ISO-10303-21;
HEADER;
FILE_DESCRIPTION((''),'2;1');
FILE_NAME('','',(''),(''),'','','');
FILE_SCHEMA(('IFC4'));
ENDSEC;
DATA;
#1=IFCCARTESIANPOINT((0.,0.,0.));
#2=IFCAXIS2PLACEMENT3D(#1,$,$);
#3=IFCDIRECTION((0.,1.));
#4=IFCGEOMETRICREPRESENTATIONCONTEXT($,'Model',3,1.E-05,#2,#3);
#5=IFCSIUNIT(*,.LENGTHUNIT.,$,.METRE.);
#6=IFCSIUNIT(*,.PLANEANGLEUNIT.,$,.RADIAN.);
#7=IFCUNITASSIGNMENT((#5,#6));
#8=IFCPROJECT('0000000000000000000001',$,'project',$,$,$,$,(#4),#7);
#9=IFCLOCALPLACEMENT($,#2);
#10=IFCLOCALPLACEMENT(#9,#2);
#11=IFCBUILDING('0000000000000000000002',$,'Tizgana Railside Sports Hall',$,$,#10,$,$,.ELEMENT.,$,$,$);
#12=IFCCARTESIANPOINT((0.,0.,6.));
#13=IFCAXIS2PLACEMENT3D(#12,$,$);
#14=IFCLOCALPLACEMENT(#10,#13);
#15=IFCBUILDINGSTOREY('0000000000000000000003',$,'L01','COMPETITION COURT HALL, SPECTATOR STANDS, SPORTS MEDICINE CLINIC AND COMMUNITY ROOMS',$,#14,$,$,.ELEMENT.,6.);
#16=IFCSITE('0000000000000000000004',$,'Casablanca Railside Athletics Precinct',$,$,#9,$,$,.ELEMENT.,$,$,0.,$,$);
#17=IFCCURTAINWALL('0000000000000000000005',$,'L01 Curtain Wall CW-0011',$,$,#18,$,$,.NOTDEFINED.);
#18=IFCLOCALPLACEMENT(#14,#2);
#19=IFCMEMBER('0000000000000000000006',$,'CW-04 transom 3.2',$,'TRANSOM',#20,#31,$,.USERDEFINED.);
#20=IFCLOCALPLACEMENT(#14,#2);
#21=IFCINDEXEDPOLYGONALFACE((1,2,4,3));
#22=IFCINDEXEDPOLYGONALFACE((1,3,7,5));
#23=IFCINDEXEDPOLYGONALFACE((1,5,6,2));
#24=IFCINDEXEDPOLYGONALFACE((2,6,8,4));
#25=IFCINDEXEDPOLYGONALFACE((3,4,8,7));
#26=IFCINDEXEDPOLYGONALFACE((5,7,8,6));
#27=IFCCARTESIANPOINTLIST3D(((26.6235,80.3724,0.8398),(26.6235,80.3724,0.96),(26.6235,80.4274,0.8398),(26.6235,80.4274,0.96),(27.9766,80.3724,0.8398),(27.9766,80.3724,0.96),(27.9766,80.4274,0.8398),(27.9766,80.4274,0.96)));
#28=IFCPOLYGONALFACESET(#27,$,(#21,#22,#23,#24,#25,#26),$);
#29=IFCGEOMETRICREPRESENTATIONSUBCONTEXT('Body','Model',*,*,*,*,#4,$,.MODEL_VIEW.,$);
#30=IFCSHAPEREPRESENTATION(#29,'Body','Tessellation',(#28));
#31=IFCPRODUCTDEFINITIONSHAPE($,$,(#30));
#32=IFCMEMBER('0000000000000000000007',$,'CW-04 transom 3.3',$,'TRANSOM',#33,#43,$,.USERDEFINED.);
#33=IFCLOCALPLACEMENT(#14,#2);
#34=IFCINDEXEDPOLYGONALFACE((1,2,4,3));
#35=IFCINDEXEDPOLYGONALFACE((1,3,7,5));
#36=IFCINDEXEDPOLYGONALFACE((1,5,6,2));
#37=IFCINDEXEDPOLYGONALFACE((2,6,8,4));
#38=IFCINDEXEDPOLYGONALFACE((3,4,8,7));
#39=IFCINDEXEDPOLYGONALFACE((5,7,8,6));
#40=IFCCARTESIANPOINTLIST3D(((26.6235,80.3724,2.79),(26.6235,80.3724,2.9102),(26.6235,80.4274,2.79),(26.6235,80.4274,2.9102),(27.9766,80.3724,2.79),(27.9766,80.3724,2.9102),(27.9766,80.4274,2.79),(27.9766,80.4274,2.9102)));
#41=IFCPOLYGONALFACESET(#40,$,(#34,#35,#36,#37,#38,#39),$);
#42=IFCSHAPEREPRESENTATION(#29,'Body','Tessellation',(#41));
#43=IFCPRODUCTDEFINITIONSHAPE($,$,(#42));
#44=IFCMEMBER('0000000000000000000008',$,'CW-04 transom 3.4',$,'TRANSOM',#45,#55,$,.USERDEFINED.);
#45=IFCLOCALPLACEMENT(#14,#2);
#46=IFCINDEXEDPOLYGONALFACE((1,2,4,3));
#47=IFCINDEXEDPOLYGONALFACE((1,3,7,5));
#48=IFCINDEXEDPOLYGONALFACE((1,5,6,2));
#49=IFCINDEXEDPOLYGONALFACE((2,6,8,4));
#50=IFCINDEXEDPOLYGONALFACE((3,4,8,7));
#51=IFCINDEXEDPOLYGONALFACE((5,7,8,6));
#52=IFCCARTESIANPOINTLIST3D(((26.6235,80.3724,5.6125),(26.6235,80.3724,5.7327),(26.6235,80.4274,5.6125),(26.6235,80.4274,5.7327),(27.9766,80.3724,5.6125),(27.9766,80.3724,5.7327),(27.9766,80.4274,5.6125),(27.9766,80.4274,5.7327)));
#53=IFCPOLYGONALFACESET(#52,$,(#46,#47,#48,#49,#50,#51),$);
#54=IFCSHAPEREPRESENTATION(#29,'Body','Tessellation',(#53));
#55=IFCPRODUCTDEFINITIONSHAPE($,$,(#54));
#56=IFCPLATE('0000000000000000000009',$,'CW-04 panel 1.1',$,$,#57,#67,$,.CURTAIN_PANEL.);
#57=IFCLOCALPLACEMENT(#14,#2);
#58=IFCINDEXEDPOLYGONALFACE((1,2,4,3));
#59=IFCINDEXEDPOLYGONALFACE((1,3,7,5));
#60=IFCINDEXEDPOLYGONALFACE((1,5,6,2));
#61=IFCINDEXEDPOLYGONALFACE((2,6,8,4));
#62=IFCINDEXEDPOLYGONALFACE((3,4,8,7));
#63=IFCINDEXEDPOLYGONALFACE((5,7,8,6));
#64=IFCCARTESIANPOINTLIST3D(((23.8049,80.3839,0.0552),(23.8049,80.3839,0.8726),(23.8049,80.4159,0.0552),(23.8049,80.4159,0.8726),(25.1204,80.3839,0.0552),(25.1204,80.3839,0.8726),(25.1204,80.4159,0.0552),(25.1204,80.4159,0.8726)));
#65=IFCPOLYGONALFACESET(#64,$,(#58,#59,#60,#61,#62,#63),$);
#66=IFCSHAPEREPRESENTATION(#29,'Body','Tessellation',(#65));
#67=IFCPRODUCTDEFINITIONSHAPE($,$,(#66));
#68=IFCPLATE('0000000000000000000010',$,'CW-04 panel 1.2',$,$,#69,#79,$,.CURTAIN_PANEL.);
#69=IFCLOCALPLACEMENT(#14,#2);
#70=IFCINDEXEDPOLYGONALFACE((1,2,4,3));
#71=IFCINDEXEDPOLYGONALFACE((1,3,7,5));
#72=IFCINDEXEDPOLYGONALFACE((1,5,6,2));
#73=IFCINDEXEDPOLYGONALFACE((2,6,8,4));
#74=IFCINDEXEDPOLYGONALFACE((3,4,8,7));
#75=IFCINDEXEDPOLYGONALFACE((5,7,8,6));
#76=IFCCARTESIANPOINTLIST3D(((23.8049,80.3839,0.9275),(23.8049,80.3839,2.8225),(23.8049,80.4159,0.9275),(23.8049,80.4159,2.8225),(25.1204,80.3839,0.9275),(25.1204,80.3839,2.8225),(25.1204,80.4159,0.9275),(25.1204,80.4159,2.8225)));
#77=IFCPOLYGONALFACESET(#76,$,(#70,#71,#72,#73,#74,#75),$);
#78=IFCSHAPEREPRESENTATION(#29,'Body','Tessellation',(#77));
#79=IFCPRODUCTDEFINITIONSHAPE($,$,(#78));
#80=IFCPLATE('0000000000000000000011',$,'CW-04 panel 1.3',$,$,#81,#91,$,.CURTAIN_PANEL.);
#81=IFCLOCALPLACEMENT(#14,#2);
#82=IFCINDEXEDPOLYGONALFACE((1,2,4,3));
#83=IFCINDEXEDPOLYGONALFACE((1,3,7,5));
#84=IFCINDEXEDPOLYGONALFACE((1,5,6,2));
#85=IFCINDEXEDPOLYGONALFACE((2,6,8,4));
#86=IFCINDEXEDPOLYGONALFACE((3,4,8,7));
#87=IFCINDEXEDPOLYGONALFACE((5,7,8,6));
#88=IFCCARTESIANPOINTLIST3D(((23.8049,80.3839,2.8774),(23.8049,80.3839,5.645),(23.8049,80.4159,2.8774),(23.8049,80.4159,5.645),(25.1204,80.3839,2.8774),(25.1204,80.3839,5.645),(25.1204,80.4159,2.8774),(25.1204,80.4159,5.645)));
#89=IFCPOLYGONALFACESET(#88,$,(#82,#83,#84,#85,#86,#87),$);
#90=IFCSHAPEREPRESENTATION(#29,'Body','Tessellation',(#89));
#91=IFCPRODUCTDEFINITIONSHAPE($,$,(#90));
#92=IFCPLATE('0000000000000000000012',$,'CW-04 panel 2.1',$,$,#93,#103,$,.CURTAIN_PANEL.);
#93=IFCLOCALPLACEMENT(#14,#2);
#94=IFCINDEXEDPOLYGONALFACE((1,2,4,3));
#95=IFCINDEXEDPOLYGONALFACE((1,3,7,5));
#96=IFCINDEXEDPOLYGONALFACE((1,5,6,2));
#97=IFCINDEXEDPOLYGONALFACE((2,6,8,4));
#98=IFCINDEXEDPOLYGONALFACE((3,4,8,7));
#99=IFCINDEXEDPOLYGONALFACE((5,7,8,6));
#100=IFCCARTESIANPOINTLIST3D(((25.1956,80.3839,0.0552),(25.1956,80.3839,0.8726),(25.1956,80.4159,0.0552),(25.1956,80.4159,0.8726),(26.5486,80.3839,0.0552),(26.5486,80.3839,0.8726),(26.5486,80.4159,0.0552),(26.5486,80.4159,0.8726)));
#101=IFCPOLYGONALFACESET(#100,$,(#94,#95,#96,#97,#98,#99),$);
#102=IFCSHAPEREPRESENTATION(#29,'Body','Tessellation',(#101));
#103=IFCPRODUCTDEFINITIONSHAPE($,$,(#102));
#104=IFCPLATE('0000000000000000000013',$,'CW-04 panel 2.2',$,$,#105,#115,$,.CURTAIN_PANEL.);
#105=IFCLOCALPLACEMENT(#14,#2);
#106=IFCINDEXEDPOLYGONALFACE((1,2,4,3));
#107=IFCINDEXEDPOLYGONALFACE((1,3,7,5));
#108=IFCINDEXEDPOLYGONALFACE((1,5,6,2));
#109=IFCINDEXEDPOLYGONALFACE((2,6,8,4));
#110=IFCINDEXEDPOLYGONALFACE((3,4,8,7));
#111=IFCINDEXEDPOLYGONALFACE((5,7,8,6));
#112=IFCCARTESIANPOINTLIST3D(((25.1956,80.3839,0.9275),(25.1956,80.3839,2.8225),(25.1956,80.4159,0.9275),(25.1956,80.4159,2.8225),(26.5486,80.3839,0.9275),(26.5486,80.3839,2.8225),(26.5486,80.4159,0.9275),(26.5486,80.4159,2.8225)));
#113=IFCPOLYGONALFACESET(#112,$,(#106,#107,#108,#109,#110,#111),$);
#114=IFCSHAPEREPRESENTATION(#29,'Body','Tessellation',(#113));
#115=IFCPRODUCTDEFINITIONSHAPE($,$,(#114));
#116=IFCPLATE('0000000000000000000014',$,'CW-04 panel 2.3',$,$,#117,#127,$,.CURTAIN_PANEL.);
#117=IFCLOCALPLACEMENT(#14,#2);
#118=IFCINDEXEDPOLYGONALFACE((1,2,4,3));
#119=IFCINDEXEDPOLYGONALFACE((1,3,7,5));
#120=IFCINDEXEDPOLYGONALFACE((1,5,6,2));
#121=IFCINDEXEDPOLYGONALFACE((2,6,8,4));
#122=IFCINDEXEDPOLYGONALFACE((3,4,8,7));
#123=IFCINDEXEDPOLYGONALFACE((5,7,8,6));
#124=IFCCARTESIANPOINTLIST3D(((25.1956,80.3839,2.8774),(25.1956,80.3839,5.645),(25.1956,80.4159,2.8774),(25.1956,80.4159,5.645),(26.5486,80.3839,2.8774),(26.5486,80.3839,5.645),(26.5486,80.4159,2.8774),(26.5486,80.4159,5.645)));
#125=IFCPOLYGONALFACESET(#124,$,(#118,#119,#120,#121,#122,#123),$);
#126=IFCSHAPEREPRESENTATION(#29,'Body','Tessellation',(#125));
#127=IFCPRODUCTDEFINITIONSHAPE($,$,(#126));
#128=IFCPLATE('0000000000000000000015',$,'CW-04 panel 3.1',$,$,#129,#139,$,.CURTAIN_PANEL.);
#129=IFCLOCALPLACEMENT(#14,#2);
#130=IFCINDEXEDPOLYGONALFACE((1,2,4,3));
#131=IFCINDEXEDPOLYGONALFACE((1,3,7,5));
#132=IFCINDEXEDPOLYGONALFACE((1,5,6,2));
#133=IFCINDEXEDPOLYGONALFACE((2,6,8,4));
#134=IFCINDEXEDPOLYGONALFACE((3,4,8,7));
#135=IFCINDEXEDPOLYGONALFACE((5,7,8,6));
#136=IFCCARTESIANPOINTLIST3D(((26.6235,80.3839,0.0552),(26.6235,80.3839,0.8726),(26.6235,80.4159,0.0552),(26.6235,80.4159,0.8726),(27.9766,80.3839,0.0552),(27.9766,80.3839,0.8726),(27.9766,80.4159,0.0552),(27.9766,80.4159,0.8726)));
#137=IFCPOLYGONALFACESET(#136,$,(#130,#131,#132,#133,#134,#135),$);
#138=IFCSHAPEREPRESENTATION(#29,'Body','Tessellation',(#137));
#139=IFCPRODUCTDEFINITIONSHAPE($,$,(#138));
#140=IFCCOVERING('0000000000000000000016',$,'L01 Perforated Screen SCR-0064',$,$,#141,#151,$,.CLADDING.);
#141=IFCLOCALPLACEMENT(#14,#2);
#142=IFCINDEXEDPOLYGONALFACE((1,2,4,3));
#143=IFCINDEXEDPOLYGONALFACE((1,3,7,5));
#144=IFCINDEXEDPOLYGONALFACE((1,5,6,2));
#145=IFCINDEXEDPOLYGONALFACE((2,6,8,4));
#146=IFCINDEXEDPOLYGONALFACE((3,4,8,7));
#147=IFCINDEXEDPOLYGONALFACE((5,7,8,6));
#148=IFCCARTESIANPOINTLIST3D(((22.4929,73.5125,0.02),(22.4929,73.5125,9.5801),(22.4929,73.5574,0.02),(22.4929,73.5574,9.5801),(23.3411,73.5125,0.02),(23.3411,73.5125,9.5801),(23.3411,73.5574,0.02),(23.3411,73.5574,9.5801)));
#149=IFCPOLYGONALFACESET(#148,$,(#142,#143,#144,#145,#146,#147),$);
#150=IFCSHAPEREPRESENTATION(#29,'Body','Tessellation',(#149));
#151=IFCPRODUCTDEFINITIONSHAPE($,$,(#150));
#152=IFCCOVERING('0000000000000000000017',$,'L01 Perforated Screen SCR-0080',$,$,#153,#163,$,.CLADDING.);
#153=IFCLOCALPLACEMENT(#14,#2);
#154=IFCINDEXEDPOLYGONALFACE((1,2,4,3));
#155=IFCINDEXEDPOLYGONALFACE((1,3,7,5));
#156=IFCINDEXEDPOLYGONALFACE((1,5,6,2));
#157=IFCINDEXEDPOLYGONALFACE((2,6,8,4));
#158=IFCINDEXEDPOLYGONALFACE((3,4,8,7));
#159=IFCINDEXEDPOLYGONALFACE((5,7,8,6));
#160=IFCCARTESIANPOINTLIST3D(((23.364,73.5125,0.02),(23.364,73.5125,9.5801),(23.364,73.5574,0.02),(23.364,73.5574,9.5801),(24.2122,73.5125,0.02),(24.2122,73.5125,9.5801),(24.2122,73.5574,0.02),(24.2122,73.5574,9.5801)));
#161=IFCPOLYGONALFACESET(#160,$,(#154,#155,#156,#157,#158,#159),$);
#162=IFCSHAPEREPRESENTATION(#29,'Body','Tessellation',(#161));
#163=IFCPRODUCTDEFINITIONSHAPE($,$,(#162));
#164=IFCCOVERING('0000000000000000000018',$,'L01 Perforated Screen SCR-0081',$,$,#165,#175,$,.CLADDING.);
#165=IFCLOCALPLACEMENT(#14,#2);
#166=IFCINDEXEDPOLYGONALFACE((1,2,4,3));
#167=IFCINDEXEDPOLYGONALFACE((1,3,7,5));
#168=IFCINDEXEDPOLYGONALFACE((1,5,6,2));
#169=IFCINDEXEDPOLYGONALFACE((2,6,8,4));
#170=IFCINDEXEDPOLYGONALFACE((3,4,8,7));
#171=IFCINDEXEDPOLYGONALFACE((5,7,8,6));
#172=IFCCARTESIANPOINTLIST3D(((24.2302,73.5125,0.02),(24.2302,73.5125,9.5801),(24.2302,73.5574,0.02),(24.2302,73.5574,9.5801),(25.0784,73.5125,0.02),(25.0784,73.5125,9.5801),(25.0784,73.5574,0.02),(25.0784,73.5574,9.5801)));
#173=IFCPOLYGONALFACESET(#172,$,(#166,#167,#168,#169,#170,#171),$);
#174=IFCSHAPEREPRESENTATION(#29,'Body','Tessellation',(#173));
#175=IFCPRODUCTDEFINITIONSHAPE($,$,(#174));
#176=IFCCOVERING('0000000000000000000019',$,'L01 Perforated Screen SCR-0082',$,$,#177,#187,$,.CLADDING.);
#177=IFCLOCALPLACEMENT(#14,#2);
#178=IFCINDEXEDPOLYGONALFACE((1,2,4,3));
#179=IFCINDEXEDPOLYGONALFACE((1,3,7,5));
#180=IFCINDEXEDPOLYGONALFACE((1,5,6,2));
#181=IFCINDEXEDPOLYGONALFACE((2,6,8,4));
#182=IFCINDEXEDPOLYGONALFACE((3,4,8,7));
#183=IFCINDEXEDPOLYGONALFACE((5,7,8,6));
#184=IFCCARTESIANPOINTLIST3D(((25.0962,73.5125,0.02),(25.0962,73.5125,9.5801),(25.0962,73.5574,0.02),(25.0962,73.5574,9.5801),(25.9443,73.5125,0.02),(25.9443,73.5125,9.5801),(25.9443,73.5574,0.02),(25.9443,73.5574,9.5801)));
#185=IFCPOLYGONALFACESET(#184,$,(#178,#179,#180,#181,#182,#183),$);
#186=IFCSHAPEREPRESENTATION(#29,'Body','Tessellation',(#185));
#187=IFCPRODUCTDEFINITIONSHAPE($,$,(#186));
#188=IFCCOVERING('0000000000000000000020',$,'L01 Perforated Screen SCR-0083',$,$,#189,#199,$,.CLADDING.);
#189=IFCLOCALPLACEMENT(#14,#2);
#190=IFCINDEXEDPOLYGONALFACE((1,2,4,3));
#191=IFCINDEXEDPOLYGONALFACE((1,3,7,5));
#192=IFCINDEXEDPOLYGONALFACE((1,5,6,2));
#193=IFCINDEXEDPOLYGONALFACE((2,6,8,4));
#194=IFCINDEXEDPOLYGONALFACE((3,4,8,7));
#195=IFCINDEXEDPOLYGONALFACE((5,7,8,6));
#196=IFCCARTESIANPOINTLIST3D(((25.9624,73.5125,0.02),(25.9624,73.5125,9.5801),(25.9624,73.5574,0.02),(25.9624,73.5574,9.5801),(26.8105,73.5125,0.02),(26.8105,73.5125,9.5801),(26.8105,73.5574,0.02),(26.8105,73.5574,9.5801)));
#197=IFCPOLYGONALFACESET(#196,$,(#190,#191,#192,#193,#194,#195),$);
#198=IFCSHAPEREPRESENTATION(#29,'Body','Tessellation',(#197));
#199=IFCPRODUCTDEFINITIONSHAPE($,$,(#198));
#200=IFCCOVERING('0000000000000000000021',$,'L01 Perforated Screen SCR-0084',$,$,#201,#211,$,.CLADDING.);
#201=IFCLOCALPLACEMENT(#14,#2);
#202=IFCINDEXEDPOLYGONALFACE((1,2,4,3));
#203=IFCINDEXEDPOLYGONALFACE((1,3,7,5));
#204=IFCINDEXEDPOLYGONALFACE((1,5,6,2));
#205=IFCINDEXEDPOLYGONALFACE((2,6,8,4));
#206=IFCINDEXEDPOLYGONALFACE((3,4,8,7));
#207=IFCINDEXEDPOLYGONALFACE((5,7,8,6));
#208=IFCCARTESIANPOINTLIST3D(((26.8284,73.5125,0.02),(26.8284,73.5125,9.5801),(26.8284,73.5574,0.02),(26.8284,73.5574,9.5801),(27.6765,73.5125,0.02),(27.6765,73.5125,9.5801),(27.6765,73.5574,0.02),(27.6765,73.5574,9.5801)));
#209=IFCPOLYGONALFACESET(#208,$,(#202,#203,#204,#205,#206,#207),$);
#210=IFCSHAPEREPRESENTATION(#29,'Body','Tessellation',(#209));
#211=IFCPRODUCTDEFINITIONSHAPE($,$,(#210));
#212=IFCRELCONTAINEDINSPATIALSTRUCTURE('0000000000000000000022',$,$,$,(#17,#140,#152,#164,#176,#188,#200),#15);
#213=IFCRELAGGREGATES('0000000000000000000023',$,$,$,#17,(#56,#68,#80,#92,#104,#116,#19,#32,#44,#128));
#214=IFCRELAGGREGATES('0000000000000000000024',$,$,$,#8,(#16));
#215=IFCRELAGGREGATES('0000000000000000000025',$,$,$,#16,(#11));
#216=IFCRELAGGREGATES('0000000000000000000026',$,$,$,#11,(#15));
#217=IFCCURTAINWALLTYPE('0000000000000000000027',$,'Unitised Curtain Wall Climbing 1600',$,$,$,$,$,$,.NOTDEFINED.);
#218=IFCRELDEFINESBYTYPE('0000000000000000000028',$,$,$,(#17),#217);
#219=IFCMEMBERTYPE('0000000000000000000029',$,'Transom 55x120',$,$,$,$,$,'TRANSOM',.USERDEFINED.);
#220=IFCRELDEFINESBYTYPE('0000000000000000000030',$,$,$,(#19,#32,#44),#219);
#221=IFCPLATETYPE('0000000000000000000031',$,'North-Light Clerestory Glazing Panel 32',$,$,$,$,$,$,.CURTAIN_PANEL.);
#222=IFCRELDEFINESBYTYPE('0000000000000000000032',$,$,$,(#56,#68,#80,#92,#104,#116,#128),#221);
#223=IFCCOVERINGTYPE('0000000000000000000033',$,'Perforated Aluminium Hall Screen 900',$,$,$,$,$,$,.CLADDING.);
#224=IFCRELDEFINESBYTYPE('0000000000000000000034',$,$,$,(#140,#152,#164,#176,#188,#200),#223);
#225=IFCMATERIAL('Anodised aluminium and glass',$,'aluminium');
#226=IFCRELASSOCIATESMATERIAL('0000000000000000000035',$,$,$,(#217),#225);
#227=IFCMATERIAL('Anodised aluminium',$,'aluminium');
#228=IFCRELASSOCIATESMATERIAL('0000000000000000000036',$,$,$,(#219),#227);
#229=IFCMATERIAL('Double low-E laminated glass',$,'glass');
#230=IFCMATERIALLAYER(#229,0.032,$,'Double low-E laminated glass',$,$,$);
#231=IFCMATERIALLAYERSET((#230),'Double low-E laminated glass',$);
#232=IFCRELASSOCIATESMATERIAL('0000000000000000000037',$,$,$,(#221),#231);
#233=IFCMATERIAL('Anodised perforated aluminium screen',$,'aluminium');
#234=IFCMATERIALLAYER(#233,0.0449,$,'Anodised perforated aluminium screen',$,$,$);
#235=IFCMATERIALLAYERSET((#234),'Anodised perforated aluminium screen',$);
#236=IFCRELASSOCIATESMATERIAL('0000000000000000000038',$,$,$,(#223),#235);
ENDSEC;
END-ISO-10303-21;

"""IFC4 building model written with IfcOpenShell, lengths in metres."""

from ifc_helpers import new_model, si_unit, direction, frame, origin, origin_2d, place, context, subcontext, project, spatial, rectangle, extrude, material, layer, layer_set, material_profile, profile_set, type_object, element, aggregate, save


model = new_model("IFC4")

# Units and contexts
model_context = context("Model", 3, precision=1e-05, world=origin(), true_north=direction((0.0, 1.0)))
body_context = subcontext(model_context, "Body", "Model", "MODEL_VIEW")
ifc_project = project(units=[si_unit("LENGTHUNIT", "METRE"), si_unit("PLANEANGLEUNIT", "RADIAN")], contexts=[model_context])

# Site, building, storey
site_placement = place(None, origin())
site = spatial("IfcSite", under=ifc_project, at=site_placement, Name="Casablanca Railside Athletics Precinct", CompositionType="ELEMENT", RefElevation=0.0)
building_placement = place(site_placement, origin())
building = spatial("IfcBuilding", under=site, at=building_placement, Name="Tizgana Railside Sports Hall", CompositionType="ELEMENT")
storey_placement = place(building_placement, frame((0.0, 0.0, 6.0)))
storey = spatial("IfcBuildingStorey", under=building, at=storey_placement, Name="L01", Description="COMPETITION COURT HALL, SPECTATOR STANDS, SPORTS MEDICINE CLINIC AND COMMUNITY ROOMS", CompositionType="ELEMENT", Elevation=6.0)

# Shared definitions
ifc_material_1 = material(Name="Anodised aluminium and glass", Category="aluminium")
ifc_material_2 = material(Name="Anodised aluminium", Category="aluminium")

# Curtain wall, members, plates
curtain_wall_type_1 = type_object("IfcCurtainWallType", Name="Unitised Curtain Wall Climbing 1600", PredefinedType="NOTDEFINED", material=ifc_material_1)
curtain_wall_1_placement = place(storey_placement, origin())
curtain_wall_1 = element("IfcCurtainWall", 1, at=curtain_wall_1_placement, inside=storey, type_object=curtain_wall_type_1, Name="L01 Curtain Wall CW-0011", PredefinedType="NOTDEFINED")
ifc_material_profile_1 = material_profile(ifc_material_2, rectangle(XDim=0.0549, YDim=0.1201, at=origin_2d()), Name="Transom 55x120")
ifc_profile_set_1 = profile_set([ifc_material_profile_1], Name="Anodised aluminium")
member_type_1 = type_object("IfcMemberType", Name="Transom 55x120", ElementType="TRANSOM", PredefinedType="USERDEFINED", material=ifc_profile_set_1)
member_1_placement = place(storey_placement, frame((26.6235, 80.3999, 0.8999), z_axis=(1.0, 0.0, 0.0), x_axis=(0.0, 1.0, 0.0)))
member_1 = element("IfcMember", 2, at=member_1_placement, type_object=member_type_1, Name="CW-04 transom 3.2", ObjectType="TRANSOM", PredefinedType="USERDEFINED", context=body_context, shape_type="SweptSolid", body=[
    extrude(rectangle(XDim=0.0549, YDim=0.1201, at=origin_2d()), origin(), (0.0, 0.0, 1.0), 1.353),
])
member_2_placement = place(storey_placement, frame((26.6235, 80.3999, 2.8501), z_axis=(1.0, 0.0, 0.0), x_axis=(0.0, 1.0, 0.0)))
member_2 = element("IfcMember", 3, at=member_2_placement, type_object=member_type_1, Name="CW-04 transom 3.3", ObjectType="TRANSOM", PredefinedType="USERDEFINED", context=body_context, shape_type="SweptSolid", body=[
    extrude(rectangle(XDim=0.0549, YDim=0.1201, at=origin_2d()), origin(), (0.0, 0.0, 1.0), 1.353),
])
member_3_placement = place(storey_placement, frame((26.6235, 80.3999, 5.6726), z_axis=(1.0, 0.0, 0.0), x_axis=(0.0, 1.0, 0.0)))
member_3 = element("IfcMember", 4, at=member_3_placement, type_object=member_type_1, Name="CW-04 transom 3.4", ObjectType="TRANSOM", PredefinedType="USERDEFINED", context=body_context, shape_type="SweptSolid", body=[
    extrude(rectangle(XDim=0.0549, YDim=0.1201, at=origin_2d()), origin(), (0.0, 0.0, 1.0), 1.353),
])
ifc_material_3 = material(Name="Double low-E laminated glass", Category="glass")
ifc_layer_1 = layer(ifc_material_3, 0.032, Name="Double low-E laminated glass")
ifc_layer_set_1 = layer_set([ifc_layer_1], Name="Double low-E laminated glass")
plate_type = type_object("IfcPlateType", Name="North-Light Clerestory Glazing Panel 32", PredefinedType="CURTAIN_PANEL", material=ifc_layer_set_1)
plate_1_placement = place(storey_placement, frame((24.4626, 80.3999, 0.0552), z_axis=(0.0, 0.0, 1.0), x_axis=(1.0, 0.0, 0.0)))
plate_1 = element("IfcPlate", 5, at=plate_1_placement, type_object=plate_type, Name="CW-04 panel 1.1", PredefinedType="CURTAIN_PANEL", context=body_context, shape_type="SweptSolid", body=[
    extrude(rectangle(XDim=1.3154, YDim=0.032, at=origin_2d()), origin(), (0.0, 0.0, 1.0), 0.8174),
])
plate_2_placement = place(storey_placement, frame((24.4626, 80.3999, 0.9275), z_axis=(0.0, 0.0, 1.0), x_axis=(1.0, 0.0, 0.0)))
plate_2 = element("IfcPlate", 6, at=plate_2_placement, type_object=plate_type, Name="CW-04 panel 1.2", PredefinedType="CURTAIN_PANEL", context=body_context, shape_type="SweptSolid", body=[
    extrude(rectangle(XDim=1.3154, YDim=0.032, at=origin_2d()), origin(), (0.0, 0.0, 1.0), 1.895),
])
plate_3_placement = place(storey_placement, frame((24.4626, 80.3999, 2.8774), z_axis=(0.0, 0.0, 1.0), x_axis=(1.0, 0.0, 0.0)))
plate_3 = element("IfcPlate", 7, at=plate_3_placement, type_object=plate_type, Name="CW-04 panel 1.3", PredefinedType="CURTAIN_PANEL", context=body_context, shape_type="SweptSolid", body=[
    extrude(rectangle(XDim=1.3154, YDim=0.032, at=origin_2d()), origin(), (0.0, 0.0, 1.0), 2.7676),
])
plate_4_placement = place(storey_placement, frame((25.8721, 80.3999, 0.0552), z_axis=(0.0, 0.0, 1.0), x_axis=(1.0, 0.0, 0.0)))
plate_4 = element("IfcPlate", 8, at=plate_4_placement, type_object=plate_type, Name="CW-04 panel 2.1", PredefinedType="CURTAIN_PANEL", context=body_context, shape_type="SweptSolid", body=[
    extrude(rectangle(XDim=1.353, YDim=0.032, at=origin_2d()), origin(), (0.0, 0.0, 1.0), 0.8174),
])
plate_5_placement = place(storey_placement, frame((25.8721, 80.3999, 0.9275), z_axis=(0.0, 0.0, 1.0), x_axis=(1.0, 0.0, 0.0)))
plate_5 = element("IfcPlate", 9, at=plate_5_placement, type_object=plate_type, Name="CW-04 panel 2.2", PredefinedType="CURTAIN_PANEL", context=body_context, shape_type="SweptSolid", body=[
    extrude(rectangle(XDim=1.353, YDim=0.032, at=origin_2d()), origin(), (0.0, 0.0, 1.0), 1.895),
])
plate_6_placement = place(storey_placement, frame((25.8721, 80.3999, 2.8774), z_axis=(0.0, 0.0, 1.0), x_axis=(1.0, 0.0, 0.0)))
plate_6 = element("IfcPlate", 10, at=plate_6_placement, type_object=plate_type, Name="CW-04 panel 2.3", PredefinedType="CURTAIN_PANEL", context=body_context, shape_type="SweptSolid", body=[
    extrude(rectangle(XDim=1.353, YDim=0.032, at=origin_2d()), origin(), (0.0, 0.0, 1.0), 2.7676),
])
plate_7_placement = place(storey_placement, frame((27.3, 80.3999, 0.0552), z_axis=(0.0, 0.0, 1.0), x_axis=(1.0, 0.0, 0.0)))
plate_7 = element("IfcPlate", 11, at=plate_7_placement, type_object=plate_type, Name="CW-04 panel 3.1", PredefinedType="CURTAIN_PANEL", context=body_context, shape_type="SweptSolid", body=[
    extrude(rectangle(XDim=1.353, YDim=0.032, at=origin_2d()), origin(), (0.0, 0.0, 1.0), 0.8174),
])
aggregate(curtain_wall_1, [plate_1, plate_2, plate_3, plate_4, plate_5, plate_6, member_1, member_2, member_3, plate_7])

# Coverings
ifc_material_4 = material(Name="Anodised perforated aluminium screen", Category="aluminium")
ifc_layer_2 = layer(ifc_material_4, 0.0449, Name="Anodised perforated aluminium screen")
ifc_layer_set_2 = layer_set([ifc_layer_2], Name="Anodised perforated aluminium screen")
covering_type = type_object("IfcCoveringType", Name="Perforated Aluminium Hall Screen 900", PredefinedType="CLADDING", material=ifc_layer_set_2)
for number, where, z_axis, x_axis, name in (
    (12, (22.917, 73.5349, 0.02), (0.0, 0.0, 1.0), (1.0, 0.0, 0.0), "L01 Perforated Screen SCR-0064"),
    (13, (23.7881, 73.5349, 0.02), (0.0, 0.0, 1.0), (1.0, 0.0, 0.0), "L01 Perforated Screen SCR-0080"),
    (14, (24.6543, 73.5349, 0.02), (0.0, 0.0, 1.0), (1.0, 0.0, 0.0), "L01 Perforated Screen SCR-0081"),
    (15, (25.5203, 73.5349, 0.02), (0.0, 0.0, 1.0), (1.0, 0.0, 0.0), "L01 Perforated Screen SCR-0082"),
    (16, (26.3865, 73.5349, 0.02), (0.0, 0.0, 1.0), (1.0, 0.0, 0.0), "L01 Perforated Screen SCR-0083"),
    (17, (27.2524, 73.5349, 0.02), (0.0, 0.0, 1.0), (1.0, 0.0, 0.0), "L01 Perforated Screen SCR-0084"),
):
    element("IfcCovering", number, at=place(storey_placement, frame(where, z_axis=z_axis, x_axis=x_axis)), inside=storey, type_object=covering_type, Name=name, PredefinedType="CLADDING", context=body_context, shape_type="SweptSolid", body=[
        extrude(rectangle(XDim=0.8481, YDim=0.0449, at=origin_2d()), origin(), (0.0, 0.0, 1.0), 9.5601),
    ])

save(model, "model.ifc")
